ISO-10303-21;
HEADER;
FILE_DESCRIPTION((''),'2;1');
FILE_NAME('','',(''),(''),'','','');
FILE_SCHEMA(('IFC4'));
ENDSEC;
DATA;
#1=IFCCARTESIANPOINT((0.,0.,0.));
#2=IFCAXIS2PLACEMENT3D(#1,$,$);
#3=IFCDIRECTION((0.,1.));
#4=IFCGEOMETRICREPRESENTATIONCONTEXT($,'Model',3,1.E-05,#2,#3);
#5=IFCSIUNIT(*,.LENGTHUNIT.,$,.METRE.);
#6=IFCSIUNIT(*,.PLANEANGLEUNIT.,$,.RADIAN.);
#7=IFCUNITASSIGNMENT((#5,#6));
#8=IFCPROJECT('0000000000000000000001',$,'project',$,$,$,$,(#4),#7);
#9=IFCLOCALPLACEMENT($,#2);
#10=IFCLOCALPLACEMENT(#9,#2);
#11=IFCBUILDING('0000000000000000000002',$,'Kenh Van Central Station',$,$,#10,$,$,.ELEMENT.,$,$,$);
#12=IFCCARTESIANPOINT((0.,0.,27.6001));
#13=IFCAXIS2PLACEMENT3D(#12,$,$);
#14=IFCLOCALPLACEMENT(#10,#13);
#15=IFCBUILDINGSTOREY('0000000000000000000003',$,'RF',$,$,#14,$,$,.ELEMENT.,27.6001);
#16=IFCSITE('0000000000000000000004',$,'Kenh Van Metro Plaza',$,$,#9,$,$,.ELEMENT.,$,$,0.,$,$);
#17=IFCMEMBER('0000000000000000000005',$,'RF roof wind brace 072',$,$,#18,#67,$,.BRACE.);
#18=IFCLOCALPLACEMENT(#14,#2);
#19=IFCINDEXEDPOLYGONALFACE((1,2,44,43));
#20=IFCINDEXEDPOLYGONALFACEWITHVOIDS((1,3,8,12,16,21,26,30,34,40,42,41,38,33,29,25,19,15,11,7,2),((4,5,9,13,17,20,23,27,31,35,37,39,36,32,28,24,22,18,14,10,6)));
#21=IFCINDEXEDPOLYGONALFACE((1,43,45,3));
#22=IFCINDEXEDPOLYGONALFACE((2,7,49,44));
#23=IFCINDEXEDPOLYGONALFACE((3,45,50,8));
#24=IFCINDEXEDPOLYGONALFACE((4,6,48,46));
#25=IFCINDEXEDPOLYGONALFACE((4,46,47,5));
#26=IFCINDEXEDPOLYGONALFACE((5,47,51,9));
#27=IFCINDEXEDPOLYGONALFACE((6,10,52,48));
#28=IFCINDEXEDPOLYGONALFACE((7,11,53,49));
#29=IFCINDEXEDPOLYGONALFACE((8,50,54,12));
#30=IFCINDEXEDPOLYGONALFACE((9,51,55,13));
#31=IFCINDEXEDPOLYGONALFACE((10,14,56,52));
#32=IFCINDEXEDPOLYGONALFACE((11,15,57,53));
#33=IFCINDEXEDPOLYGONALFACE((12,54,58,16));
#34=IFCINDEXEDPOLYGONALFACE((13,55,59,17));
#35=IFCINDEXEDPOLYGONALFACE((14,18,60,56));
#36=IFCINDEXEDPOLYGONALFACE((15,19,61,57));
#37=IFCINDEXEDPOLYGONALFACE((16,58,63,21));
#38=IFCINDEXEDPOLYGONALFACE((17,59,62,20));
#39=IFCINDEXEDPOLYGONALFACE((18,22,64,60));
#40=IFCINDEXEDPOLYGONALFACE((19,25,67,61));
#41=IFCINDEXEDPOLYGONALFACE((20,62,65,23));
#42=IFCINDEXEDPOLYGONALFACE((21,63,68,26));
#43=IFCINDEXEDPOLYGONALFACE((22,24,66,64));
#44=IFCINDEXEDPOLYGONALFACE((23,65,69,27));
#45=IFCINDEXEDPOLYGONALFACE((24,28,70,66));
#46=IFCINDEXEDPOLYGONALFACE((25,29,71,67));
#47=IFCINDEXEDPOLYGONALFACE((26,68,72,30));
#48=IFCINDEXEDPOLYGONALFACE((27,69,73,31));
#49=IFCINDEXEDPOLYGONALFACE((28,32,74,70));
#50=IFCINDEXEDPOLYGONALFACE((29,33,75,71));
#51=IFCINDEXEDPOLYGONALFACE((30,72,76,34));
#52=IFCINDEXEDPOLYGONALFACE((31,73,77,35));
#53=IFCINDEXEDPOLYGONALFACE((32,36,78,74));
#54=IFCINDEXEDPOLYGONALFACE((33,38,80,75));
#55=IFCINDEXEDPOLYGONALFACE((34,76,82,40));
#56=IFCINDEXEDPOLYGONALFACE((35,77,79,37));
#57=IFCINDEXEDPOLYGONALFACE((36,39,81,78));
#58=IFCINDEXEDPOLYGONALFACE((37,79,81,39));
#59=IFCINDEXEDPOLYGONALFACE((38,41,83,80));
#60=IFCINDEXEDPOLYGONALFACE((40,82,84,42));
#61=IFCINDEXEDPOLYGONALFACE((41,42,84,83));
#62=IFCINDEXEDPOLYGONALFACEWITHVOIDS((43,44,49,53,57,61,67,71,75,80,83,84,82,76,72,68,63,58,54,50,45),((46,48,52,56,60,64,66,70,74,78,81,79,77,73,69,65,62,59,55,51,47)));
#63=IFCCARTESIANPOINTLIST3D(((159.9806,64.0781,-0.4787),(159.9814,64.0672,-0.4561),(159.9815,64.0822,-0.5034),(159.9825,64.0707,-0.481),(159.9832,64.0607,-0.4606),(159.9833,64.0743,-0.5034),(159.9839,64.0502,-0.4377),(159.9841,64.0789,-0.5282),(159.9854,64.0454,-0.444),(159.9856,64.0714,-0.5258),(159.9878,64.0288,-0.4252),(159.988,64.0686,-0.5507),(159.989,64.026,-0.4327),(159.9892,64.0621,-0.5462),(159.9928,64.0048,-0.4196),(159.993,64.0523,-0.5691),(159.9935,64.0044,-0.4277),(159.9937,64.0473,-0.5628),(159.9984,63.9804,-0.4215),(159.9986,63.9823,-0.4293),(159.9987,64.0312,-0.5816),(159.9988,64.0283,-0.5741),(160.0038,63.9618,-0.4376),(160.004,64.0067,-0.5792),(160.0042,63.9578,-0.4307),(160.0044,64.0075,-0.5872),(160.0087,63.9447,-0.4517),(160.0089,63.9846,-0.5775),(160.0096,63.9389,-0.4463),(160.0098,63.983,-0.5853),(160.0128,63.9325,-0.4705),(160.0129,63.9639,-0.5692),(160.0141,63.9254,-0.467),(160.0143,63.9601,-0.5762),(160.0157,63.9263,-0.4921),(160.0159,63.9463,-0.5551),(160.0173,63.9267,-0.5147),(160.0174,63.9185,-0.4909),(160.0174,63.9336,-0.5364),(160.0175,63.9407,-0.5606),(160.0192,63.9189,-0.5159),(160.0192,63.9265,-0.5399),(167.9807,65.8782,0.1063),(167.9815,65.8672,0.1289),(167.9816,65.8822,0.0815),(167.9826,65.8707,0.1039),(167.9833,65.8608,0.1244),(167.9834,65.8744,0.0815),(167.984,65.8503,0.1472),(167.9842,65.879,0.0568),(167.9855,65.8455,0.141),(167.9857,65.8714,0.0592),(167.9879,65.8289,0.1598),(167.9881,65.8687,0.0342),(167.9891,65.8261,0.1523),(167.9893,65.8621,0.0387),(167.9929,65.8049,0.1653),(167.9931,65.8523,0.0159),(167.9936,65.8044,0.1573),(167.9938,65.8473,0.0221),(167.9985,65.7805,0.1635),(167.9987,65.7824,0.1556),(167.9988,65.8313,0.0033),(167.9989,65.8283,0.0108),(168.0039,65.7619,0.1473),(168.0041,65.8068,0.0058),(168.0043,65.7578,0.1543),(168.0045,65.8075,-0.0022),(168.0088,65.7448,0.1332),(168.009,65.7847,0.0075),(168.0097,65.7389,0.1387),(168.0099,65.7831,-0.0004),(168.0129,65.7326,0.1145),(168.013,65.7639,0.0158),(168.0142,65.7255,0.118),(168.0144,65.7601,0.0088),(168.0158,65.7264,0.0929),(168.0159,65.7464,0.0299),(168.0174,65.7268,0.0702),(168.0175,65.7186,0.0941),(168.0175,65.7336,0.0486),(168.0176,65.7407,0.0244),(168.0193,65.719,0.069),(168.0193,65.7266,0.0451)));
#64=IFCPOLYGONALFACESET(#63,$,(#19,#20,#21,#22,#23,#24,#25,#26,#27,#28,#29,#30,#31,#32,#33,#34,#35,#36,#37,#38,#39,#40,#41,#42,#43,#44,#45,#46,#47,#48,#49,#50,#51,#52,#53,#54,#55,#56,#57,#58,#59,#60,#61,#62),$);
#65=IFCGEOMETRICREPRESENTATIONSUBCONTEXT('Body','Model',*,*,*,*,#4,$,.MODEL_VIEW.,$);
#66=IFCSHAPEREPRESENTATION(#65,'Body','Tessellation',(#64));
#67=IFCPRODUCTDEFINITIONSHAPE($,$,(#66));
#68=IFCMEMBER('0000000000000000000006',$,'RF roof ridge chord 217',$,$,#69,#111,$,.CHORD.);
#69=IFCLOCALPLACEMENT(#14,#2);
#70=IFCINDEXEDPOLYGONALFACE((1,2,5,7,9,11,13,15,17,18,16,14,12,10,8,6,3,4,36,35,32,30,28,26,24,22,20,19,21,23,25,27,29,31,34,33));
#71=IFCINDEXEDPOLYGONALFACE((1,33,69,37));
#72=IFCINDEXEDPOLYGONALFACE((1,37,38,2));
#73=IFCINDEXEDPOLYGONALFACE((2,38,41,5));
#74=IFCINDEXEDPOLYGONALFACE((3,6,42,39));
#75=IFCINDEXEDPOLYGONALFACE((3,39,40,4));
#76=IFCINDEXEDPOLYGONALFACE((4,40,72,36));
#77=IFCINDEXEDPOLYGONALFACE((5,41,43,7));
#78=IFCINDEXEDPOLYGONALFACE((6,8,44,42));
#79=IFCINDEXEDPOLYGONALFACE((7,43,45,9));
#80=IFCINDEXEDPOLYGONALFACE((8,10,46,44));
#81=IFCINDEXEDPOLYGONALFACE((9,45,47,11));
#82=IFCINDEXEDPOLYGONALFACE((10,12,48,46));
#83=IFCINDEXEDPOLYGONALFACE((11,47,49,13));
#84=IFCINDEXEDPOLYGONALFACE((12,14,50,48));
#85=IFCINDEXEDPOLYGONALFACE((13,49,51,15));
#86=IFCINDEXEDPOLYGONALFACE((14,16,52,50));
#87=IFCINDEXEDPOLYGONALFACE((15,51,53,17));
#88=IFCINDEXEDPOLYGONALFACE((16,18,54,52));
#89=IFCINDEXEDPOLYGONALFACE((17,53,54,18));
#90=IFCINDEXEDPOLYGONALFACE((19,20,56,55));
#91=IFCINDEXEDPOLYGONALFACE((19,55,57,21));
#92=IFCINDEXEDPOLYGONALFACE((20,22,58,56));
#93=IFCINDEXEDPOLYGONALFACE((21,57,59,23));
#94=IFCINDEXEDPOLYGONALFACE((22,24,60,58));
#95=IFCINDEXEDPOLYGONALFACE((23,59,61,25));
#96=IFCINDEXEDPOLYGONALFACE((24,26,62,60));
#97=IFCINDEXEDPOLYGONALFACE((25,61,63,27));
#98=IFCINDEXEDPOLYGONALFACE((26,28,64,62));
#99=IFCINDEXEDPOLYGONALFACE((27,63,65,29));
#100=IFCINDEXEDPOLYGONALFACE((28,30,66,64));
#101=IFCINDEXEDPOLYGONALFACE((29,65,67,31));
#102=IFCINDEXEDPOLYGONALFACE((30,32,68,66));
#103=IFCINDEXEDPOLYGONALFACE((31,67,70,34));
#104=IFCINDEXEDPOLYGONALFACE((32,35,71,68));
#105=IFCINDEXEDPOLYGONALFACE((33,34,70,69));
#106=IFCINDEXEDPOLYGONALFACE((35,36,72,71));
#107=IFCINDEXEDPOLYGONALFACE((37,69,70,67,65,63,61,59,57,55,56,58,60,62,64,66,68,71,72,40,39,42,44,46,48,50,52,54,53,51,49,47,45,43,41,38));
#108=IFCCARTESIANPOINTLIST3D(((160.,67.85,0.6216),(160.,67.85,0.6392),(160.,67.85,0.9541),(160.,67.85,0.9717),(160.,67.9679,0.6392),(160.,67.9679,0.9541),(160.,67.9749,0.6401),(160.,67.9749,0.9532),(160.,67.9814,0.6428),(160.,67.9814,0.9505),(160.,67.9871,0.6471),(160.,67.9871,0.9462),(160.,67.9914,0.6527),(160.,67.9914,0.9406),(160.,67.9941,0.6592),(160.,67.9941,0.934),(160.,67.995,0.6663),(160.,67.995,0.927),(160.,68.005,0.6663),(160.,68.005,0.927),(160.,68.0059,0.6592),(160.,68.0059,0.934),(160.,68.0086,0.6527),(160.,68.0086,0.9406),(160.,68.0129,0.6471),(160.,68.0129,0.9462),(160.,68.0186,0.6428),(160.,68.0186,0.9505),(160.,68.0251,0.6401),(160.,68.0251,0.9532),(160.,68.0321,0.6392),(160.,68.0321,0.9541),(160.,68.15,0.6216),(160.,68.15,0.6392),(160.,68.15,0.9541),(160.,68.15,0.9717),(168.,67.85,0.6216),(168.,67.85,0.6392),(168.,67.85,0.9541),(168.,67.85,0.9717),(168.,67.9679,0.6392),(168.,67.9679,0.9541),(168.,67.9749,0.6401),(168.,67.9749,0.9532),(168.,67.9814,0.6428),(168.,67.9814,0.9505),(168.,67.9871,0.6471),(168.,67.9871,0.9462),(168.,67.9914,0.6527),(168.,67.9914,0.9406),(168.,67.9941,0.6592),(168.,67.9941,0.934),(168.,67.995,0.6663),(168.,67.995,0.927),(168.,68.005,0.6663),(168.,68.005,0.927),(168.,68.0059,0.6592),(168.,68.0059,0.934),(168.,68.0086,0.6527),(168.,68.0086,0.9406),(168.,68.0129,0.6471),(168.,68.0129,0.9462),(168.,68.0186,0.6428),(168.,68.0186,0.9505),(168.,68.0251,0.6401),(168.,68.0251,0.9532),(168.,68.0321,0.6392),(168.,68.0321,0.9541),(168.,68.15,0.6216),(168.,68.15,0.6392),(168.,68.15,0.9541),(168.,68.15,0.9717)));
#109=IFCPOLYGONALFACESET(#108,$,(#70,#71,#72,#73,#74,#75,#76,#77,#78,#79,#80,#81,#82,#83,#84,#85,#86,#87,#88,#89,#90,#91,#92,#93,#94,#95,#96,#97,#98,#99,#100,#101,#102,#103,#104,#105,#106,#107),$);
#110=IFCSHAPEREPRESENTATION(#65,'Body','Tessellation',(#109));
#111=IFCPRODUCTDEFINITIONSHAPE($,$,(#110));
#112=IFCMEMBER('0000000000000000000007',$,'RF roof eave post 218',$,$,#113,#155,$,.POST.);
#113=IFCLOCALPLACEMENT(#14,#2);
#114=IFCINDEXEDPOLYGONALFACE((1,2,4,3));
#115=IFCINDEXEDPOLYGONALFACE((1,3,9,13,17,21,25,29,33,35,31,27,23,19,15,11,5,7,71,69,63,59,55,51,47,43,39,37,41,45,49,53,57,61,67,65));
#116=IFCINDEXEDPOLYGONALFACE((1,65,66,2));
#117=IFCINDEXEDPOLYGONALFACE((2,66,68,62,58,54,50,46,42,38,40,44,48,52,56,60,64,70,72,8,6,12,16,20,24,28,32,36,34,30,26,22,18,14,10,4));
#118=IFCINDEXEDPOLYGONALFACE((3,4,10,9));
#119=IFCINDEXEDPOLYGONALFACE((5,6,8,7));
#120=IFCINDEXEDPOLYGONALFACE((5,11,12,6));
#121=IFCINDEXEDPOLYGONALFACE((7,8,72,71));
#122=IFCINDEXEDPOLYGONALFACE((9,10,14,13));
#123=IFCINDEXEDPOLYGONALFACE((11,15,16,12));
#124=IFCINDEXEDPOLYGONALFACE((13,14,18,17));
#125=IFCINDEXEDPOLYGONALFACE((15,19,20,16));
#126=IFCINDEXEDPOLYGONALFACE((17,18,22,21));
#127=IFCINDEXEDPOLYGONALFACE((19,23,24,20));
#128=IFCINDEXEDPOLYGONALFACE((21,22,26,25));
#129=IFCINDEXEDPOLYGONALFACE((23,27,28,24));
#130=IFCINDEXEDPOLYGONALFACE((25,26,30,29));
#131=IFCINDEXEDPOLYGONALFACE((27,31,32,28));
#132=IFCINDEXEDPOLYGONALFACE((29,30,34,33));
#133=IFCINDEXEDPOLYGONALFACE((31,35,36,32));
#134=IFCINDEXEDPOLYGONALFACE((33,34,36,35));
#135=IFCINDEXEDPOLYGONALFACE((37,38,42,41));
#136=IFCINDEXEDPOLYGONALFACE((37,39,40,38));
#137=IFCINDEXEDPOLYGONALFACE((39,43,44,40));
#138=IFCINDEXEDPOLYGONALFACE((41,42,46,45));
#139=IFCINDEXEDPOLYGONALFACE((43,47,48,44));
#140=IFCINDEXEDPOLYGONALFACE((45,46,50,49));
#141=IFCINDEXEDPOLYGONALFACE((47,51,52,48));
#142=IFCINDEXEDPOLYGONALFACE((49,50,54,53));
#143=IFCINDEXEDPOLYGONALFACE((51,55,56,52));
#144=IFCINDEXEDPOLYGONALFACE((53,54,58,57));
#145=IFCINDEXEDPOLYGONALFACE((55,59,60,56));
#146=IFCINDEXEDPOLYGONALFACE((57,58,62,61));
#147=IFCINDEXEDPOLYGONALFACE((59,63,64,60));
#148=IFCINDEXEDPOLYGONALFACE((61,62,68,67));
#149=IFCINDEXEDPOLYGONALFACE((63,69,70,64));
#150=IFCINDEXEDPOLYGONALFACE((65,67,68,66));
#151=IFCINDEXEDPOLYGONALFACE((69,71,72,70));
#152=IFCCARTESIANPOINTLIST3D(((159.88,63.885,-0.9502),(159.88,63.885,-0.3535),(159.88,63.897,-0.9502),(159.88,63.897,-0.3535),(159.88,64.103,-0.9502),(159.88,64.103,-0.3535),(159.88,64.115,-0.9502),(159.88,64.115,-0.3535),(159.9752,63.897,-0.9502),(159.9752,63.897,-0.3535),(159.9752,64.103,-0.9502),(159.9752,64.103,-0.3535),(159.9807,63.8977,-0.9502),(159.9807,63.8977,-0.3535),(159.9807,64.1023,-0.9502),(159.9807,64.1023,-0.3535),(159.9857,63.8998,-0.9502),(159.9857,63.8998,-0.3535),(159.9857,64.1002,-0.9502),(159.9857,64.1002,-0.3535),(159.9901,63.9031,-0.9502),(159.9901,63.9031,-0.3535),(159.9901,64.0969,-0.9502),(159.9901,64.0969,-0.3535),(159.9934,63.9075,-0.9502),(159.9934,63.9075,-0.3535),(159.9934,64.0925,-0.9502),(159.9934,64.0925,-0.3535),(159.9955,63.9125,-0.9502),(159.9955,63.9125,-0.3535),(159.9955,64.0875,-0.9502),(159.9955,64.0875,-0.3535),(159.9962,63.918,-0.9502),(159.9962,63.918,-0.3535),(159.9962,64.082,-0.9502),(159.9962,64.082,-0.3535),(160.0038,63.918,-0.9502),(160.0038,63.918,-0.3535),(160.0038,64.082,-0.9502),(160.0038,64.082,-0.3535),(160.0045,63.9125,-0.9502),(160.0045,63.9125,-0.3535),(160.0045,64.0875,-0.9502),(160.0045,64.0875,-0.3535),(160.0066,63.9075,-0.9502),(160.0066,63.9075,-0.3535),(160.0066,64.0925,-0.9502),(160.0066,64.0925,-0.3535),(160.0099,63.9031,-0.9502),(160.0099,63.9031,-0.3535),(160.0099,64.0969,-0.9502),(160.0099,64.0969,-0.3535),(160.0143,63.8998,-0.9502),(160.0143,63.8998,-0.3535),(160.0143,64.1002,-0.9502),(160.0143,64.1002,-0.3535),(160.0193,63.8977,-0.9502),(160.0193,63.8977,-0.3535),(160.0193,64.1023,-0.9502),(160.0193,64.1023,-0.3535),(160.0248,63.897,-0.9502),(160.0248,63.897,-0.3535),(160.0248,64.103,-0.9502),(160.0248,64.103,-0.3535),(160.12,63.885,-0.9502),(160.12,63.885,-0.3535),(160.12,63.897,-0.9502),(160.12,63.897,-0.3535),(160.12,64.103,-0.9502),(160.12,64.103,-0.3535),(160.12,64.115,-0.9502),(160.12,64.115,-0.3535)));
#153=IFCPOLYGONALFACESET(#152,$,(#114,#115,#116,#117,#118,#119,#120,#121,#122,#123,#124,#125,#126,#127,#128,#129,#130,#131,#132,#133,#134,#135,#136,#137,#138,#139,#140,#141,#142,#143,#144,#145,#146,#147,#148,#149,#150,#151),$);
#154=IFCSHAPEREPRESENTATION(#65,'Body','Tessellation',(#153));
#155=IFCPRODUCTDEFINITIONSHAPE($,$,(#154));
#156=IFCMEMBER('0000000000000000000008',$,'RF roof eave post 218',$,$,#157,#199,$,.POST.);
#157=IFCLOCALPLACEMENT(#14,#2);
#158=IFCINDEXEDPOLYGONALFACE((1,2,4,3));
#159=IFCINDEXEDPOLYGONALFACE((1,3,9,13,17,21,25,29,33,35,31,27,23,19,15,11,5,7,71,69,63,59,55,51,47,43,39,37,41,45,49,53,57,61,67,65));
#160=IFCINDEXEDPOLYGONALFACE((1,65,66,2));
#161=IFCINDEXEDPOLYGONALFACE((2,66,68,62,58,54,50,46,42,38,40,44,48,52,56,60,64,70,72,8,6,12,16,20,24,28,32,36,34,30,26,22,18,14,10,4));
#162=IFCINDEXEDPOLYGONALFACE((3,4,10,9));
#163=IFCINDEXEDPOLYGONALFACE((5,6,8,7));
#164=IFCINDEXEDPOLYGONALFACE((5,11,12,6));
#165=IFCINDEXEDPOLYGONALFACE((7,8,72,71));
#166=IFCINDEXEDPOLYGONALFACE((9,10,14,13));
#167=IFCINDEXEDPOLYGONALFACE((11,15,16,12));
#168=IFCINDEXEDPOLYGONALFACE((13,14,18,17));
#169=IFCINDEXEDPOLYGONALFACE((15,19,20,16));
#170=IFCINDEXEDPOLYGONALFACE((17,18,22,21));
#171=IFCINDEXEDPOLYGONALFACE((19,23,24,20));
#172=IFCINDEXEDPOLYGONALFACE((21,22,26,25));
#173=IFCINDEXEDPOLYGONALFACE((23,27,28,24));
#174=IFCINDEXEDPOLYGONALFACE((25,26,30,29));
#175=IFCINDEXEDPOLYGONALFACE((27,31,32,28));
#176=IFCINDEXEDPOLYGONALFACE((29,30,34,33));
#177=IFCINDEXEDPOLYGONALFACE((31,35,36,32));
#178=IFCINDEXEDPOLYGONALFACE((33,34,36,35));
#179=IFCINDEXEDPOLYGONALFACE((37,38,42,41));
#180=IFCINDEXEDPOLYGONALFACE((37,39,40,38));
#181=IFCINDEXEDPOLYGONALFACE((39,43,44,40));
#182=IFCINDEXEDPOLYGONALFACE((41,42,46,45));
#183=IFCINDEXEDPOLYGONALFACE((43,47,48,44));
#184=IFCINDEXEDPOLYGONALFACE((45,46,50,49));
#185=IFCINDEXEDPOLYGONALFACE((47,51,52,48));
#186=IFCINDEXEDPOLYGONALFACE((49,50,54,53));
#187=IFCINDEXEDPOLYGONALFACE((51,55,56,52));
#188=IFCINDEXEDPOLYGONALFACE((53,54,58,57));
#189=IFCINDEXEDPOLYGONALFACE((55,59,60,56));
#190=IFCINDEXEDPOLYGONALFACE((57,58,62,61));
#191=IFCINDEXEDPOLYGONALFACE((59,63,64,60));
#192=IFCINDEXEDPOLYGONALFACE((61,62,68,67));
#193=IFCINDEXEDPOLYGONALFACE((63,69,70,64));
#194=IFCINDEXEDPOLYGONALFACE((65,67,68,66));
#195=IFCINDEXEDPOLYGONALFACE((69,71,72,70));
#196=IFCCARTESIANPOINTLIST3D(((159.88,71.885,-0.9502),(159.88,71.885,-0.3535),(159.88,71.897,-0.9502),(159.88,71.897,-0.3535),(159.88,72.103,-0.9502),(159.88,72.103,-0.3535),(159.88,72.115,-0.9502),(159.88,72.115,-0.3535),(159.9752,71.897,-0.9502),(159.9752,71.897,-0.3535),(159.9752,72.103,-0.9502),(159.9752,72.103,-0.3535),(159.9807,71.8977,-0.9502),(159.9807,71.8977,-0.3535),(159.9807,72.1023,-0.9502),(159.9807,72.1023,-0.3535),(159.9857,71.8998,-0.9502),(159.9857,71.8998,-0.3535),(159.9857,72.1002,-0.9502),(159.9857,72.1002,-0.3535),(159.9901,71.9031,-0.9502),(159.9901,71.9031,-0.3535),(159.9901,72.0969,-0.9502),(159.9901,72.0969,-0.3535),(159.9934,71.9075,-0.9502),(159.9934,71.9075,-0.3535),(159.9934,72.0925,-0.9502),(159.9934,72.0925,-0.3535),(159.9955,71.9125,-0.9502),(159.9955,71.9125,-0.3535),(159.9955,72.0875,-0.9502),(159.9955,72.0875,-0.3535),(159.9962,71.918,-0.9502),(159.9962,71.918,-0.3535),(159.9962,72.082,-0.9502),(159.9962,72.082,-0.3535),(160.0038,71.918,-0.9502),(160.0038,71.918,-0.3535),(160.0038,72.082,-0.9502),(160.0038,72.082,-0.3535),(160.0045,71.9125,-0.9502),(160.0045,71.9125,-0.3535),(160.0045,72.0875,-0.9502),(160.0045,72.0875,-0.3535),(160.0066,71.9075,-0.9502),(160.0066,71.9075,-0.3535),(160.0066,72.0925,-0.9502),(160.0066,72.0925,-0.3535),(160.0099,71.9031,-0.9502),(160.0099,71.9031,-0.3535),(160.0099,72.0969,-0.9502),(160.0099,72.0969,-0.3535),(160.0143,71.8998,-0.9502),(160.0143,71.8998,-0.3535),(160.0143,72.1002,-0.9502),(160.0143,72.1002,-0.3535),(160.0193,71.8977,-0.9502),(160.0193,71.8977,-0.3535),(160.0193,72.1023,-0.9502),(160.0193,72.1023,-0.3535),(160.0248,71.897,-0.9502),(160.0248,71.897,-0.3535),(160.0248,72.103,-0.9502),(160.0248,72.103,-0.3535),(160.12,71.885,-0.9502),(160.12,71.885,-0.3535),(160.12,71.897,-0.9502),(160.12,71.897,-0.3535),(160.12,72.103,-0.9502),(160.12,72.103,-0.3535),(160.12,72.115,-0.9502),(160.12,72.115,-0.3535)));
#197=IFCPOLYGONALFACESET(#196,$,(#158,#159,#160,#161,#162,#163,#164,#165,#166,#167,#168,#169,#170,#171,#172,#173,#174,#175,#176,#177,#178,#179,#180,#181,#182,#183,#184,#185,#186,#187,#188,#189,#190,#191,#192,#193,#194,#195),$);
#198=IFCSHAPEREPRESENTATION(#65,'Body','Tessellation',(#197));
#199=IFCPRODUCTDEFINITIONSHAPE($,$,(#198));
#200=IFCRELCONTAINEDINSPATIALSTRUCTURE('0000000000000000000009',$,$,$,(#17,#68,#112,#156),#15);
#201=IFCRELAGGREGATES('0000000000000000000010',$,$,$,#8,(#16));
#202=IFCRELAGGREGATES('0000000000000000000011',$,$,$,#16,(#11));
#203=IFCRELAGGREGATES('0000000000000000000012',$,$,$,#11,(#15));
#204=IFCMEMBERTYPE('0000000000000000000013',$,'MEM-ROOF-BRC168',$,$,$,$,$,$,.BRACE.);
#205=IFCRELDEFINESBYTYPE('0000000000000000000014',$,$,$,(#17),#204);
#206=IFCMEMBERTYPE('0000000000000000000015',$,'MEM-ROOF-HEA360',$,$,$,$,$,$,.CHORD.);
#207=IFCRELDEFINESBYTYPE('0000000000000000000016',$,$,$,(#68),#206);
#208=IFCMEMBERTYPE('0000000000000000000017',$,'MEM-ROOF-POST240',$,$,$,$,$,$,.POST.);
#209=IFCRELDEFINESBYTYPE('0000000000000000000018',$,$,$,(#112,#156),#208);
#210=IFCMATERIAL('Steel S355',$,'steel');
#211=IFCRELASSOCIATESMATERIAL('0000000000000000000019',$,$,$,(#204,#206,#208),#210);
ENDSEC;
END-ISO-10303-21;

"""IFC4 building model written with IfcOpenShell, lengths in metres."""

from ifc_helpers import new_model, si_unit, direction, frame, origin, origin_2d, place, context, subcontext, project, spatial, hollow_circle, i_section, extrude, material, material_profile, profile_set, type_object, element, save


model = new_model("IFC4")

# Units and contexts
model_context = context("Model", 3, precision=1e-05, world=origin(), true_north=direction((0.0, 1.0)))
body_context = subcontext(model_context, "Body", "Model", "MODEL_VIEW")
ifc_project = project(units=[si_unit("LENGTHUNIT", "METRE"), si_unit("PLANEANGLEUNIT", "RADIAN")], contexts=[model_context])

# Site, building, storey
site_placement = place(None, origin())
site = spatial("IfcSite", under=ifc_project, at=site_placement, Name="Kenh Van Metro Plaza", CompositionType="ELEMENT", RefElevation=0.0)
building_placement = place(site_placement, origin())
building = spatial("IfcBuilding", under=site, at=building_placement, Name="Kenh Van Central Station", CompositionType="ELEMENT")
storey_placement = place(building_placement, frame((0.0, 0.0, 27.6001)))
storey = spatial("IfcBuildingStorey", under=building, at=storey_placement, Name="RF", CompositionType="ELEMENT", Elevation=27.6001)

# Shared definitions
ifc_material_1 = material(Name="Steel S355", Category="steel")

# Members
ifc_material_profile_1 = material_profile(ifc_material_1, hollow_circle(Radius=0.0842, WallThickness=0.0081, at=origin_2d()), Name="CHS 168.3x8")
ifc_profile_set_1 = profile_set([ifc_material_profile_1], Name="Steel S355")
member_type_1 = type_object("IfcMemberType", Name="MEM-ROOF-BRC168", PredefinedType="BRACE", material=ifc_profile_set_1)
member_1_placement = place(storey_placement, frame((160.0, 64.0, -0.5034), z_axis=(0.973136, 0.218961, 0.071156), x_axis=(-0.219518, 0.975608, 0.0)))
element("IfcMember", 1, at=member_1_placement, inside=storey, type_object=member_type_1, Name="RF roof wind brace 072", PredefinedType="BRACE", context=body_context, shape_type="SweptSolid", body=[
    extrude(hollow_circle(Radius=0.0842, WallThickness=0.0081, at=origin_2d()), origin(), (0.0, 0.0, 1.0), 8.2209),
])
ifc_material_profile_2 = material_profile(ifc_material_1, i_section(OverallWidth=0.3, OverallDepth=0.3501, WebThickness=0.01, FlangeThickness=0.0176, FilletRadius=0.0271, at=origin_2d()), Name="HEA 360")
ifc_profile_set_2 = profile_set([ifc_material_profile_2], Name="Steel S355")
member_type_2 = type_object("IfcMemberType", Name="MEM-ROOF-HEA360", PredefinedType="CHORD", material=ifc_profile_set_2)
member_2_placement = place(storey_placement, frame((160.0, 68.0, 0.7966), z_axis=(1.0, 0.0, 0.0), x_axis=(0.0, 1.0, 0.0)))
element("IfcMember", 2, at=member_2_placement, inside=storey, type_object=member_type_2, Name="RF roof ridge chord 217", PredefinedType="CHORD", context=body_context, shape_type="SweptSolid", body=[
    extrude(i_section(OverallWidth=0.3, OverallDepth=0.3501, WebThickness=0.01, FlangeThickness=0.0176, FilletRadius=0.0271, at=origin_2d()), origin(), (0.0, 0.0, 1.0), 8.0),
])
ifc_material_profile_3 = material_profile(ifc_material_1, i_section(OverallWidth=0.24, OverallDepth=0.23, WebThickness=0.0076, FlangeThickness=0.012, FilletRadius=0.021, at=origin_2d()), Name="HEA 240")
ifc_profile_set_3 = profile_set([ifc_material_profile_3], Name="Steel S355")
member_type_3 = type_object("IfcMemberType", Name="MEM-ROOF-POST240", PredefinedType="POST", material=ifc_profile_set_3)
for number, where, z_axis, x_axis, name in (
    (3, (160.0, 64.0, -0.9502), (0.0, 0.0, 1.0), (1.0, 0.0, 0.0), "RF roof eave post 218"),
    (4, (160.0, 72.0, -0.9502), (0.0, 0.0, 1.0), (1.0, 0.0, 0.0), "RF roof eave post 218"),
):
    element("IfcMember", number, at=place(storey_placement, frame(where, z_axis=z_axis, x_axis=x_axis)), inside=storey, type_object=member_type_3, Name=name, PredefinedType="POST", context=body_context, shape_type="SweptSolid", body=[
        extrude(i_section(OverallWidth=0.24, OverallDepth=0.23, WebThickness=0.0076, FlangeThickness=0.012, FilletRadius=0.021, at=origin_2d()), origin(), (0.0, 0.0, 1.0), 0.5967),
    ])

save(model, "model.ifc")
